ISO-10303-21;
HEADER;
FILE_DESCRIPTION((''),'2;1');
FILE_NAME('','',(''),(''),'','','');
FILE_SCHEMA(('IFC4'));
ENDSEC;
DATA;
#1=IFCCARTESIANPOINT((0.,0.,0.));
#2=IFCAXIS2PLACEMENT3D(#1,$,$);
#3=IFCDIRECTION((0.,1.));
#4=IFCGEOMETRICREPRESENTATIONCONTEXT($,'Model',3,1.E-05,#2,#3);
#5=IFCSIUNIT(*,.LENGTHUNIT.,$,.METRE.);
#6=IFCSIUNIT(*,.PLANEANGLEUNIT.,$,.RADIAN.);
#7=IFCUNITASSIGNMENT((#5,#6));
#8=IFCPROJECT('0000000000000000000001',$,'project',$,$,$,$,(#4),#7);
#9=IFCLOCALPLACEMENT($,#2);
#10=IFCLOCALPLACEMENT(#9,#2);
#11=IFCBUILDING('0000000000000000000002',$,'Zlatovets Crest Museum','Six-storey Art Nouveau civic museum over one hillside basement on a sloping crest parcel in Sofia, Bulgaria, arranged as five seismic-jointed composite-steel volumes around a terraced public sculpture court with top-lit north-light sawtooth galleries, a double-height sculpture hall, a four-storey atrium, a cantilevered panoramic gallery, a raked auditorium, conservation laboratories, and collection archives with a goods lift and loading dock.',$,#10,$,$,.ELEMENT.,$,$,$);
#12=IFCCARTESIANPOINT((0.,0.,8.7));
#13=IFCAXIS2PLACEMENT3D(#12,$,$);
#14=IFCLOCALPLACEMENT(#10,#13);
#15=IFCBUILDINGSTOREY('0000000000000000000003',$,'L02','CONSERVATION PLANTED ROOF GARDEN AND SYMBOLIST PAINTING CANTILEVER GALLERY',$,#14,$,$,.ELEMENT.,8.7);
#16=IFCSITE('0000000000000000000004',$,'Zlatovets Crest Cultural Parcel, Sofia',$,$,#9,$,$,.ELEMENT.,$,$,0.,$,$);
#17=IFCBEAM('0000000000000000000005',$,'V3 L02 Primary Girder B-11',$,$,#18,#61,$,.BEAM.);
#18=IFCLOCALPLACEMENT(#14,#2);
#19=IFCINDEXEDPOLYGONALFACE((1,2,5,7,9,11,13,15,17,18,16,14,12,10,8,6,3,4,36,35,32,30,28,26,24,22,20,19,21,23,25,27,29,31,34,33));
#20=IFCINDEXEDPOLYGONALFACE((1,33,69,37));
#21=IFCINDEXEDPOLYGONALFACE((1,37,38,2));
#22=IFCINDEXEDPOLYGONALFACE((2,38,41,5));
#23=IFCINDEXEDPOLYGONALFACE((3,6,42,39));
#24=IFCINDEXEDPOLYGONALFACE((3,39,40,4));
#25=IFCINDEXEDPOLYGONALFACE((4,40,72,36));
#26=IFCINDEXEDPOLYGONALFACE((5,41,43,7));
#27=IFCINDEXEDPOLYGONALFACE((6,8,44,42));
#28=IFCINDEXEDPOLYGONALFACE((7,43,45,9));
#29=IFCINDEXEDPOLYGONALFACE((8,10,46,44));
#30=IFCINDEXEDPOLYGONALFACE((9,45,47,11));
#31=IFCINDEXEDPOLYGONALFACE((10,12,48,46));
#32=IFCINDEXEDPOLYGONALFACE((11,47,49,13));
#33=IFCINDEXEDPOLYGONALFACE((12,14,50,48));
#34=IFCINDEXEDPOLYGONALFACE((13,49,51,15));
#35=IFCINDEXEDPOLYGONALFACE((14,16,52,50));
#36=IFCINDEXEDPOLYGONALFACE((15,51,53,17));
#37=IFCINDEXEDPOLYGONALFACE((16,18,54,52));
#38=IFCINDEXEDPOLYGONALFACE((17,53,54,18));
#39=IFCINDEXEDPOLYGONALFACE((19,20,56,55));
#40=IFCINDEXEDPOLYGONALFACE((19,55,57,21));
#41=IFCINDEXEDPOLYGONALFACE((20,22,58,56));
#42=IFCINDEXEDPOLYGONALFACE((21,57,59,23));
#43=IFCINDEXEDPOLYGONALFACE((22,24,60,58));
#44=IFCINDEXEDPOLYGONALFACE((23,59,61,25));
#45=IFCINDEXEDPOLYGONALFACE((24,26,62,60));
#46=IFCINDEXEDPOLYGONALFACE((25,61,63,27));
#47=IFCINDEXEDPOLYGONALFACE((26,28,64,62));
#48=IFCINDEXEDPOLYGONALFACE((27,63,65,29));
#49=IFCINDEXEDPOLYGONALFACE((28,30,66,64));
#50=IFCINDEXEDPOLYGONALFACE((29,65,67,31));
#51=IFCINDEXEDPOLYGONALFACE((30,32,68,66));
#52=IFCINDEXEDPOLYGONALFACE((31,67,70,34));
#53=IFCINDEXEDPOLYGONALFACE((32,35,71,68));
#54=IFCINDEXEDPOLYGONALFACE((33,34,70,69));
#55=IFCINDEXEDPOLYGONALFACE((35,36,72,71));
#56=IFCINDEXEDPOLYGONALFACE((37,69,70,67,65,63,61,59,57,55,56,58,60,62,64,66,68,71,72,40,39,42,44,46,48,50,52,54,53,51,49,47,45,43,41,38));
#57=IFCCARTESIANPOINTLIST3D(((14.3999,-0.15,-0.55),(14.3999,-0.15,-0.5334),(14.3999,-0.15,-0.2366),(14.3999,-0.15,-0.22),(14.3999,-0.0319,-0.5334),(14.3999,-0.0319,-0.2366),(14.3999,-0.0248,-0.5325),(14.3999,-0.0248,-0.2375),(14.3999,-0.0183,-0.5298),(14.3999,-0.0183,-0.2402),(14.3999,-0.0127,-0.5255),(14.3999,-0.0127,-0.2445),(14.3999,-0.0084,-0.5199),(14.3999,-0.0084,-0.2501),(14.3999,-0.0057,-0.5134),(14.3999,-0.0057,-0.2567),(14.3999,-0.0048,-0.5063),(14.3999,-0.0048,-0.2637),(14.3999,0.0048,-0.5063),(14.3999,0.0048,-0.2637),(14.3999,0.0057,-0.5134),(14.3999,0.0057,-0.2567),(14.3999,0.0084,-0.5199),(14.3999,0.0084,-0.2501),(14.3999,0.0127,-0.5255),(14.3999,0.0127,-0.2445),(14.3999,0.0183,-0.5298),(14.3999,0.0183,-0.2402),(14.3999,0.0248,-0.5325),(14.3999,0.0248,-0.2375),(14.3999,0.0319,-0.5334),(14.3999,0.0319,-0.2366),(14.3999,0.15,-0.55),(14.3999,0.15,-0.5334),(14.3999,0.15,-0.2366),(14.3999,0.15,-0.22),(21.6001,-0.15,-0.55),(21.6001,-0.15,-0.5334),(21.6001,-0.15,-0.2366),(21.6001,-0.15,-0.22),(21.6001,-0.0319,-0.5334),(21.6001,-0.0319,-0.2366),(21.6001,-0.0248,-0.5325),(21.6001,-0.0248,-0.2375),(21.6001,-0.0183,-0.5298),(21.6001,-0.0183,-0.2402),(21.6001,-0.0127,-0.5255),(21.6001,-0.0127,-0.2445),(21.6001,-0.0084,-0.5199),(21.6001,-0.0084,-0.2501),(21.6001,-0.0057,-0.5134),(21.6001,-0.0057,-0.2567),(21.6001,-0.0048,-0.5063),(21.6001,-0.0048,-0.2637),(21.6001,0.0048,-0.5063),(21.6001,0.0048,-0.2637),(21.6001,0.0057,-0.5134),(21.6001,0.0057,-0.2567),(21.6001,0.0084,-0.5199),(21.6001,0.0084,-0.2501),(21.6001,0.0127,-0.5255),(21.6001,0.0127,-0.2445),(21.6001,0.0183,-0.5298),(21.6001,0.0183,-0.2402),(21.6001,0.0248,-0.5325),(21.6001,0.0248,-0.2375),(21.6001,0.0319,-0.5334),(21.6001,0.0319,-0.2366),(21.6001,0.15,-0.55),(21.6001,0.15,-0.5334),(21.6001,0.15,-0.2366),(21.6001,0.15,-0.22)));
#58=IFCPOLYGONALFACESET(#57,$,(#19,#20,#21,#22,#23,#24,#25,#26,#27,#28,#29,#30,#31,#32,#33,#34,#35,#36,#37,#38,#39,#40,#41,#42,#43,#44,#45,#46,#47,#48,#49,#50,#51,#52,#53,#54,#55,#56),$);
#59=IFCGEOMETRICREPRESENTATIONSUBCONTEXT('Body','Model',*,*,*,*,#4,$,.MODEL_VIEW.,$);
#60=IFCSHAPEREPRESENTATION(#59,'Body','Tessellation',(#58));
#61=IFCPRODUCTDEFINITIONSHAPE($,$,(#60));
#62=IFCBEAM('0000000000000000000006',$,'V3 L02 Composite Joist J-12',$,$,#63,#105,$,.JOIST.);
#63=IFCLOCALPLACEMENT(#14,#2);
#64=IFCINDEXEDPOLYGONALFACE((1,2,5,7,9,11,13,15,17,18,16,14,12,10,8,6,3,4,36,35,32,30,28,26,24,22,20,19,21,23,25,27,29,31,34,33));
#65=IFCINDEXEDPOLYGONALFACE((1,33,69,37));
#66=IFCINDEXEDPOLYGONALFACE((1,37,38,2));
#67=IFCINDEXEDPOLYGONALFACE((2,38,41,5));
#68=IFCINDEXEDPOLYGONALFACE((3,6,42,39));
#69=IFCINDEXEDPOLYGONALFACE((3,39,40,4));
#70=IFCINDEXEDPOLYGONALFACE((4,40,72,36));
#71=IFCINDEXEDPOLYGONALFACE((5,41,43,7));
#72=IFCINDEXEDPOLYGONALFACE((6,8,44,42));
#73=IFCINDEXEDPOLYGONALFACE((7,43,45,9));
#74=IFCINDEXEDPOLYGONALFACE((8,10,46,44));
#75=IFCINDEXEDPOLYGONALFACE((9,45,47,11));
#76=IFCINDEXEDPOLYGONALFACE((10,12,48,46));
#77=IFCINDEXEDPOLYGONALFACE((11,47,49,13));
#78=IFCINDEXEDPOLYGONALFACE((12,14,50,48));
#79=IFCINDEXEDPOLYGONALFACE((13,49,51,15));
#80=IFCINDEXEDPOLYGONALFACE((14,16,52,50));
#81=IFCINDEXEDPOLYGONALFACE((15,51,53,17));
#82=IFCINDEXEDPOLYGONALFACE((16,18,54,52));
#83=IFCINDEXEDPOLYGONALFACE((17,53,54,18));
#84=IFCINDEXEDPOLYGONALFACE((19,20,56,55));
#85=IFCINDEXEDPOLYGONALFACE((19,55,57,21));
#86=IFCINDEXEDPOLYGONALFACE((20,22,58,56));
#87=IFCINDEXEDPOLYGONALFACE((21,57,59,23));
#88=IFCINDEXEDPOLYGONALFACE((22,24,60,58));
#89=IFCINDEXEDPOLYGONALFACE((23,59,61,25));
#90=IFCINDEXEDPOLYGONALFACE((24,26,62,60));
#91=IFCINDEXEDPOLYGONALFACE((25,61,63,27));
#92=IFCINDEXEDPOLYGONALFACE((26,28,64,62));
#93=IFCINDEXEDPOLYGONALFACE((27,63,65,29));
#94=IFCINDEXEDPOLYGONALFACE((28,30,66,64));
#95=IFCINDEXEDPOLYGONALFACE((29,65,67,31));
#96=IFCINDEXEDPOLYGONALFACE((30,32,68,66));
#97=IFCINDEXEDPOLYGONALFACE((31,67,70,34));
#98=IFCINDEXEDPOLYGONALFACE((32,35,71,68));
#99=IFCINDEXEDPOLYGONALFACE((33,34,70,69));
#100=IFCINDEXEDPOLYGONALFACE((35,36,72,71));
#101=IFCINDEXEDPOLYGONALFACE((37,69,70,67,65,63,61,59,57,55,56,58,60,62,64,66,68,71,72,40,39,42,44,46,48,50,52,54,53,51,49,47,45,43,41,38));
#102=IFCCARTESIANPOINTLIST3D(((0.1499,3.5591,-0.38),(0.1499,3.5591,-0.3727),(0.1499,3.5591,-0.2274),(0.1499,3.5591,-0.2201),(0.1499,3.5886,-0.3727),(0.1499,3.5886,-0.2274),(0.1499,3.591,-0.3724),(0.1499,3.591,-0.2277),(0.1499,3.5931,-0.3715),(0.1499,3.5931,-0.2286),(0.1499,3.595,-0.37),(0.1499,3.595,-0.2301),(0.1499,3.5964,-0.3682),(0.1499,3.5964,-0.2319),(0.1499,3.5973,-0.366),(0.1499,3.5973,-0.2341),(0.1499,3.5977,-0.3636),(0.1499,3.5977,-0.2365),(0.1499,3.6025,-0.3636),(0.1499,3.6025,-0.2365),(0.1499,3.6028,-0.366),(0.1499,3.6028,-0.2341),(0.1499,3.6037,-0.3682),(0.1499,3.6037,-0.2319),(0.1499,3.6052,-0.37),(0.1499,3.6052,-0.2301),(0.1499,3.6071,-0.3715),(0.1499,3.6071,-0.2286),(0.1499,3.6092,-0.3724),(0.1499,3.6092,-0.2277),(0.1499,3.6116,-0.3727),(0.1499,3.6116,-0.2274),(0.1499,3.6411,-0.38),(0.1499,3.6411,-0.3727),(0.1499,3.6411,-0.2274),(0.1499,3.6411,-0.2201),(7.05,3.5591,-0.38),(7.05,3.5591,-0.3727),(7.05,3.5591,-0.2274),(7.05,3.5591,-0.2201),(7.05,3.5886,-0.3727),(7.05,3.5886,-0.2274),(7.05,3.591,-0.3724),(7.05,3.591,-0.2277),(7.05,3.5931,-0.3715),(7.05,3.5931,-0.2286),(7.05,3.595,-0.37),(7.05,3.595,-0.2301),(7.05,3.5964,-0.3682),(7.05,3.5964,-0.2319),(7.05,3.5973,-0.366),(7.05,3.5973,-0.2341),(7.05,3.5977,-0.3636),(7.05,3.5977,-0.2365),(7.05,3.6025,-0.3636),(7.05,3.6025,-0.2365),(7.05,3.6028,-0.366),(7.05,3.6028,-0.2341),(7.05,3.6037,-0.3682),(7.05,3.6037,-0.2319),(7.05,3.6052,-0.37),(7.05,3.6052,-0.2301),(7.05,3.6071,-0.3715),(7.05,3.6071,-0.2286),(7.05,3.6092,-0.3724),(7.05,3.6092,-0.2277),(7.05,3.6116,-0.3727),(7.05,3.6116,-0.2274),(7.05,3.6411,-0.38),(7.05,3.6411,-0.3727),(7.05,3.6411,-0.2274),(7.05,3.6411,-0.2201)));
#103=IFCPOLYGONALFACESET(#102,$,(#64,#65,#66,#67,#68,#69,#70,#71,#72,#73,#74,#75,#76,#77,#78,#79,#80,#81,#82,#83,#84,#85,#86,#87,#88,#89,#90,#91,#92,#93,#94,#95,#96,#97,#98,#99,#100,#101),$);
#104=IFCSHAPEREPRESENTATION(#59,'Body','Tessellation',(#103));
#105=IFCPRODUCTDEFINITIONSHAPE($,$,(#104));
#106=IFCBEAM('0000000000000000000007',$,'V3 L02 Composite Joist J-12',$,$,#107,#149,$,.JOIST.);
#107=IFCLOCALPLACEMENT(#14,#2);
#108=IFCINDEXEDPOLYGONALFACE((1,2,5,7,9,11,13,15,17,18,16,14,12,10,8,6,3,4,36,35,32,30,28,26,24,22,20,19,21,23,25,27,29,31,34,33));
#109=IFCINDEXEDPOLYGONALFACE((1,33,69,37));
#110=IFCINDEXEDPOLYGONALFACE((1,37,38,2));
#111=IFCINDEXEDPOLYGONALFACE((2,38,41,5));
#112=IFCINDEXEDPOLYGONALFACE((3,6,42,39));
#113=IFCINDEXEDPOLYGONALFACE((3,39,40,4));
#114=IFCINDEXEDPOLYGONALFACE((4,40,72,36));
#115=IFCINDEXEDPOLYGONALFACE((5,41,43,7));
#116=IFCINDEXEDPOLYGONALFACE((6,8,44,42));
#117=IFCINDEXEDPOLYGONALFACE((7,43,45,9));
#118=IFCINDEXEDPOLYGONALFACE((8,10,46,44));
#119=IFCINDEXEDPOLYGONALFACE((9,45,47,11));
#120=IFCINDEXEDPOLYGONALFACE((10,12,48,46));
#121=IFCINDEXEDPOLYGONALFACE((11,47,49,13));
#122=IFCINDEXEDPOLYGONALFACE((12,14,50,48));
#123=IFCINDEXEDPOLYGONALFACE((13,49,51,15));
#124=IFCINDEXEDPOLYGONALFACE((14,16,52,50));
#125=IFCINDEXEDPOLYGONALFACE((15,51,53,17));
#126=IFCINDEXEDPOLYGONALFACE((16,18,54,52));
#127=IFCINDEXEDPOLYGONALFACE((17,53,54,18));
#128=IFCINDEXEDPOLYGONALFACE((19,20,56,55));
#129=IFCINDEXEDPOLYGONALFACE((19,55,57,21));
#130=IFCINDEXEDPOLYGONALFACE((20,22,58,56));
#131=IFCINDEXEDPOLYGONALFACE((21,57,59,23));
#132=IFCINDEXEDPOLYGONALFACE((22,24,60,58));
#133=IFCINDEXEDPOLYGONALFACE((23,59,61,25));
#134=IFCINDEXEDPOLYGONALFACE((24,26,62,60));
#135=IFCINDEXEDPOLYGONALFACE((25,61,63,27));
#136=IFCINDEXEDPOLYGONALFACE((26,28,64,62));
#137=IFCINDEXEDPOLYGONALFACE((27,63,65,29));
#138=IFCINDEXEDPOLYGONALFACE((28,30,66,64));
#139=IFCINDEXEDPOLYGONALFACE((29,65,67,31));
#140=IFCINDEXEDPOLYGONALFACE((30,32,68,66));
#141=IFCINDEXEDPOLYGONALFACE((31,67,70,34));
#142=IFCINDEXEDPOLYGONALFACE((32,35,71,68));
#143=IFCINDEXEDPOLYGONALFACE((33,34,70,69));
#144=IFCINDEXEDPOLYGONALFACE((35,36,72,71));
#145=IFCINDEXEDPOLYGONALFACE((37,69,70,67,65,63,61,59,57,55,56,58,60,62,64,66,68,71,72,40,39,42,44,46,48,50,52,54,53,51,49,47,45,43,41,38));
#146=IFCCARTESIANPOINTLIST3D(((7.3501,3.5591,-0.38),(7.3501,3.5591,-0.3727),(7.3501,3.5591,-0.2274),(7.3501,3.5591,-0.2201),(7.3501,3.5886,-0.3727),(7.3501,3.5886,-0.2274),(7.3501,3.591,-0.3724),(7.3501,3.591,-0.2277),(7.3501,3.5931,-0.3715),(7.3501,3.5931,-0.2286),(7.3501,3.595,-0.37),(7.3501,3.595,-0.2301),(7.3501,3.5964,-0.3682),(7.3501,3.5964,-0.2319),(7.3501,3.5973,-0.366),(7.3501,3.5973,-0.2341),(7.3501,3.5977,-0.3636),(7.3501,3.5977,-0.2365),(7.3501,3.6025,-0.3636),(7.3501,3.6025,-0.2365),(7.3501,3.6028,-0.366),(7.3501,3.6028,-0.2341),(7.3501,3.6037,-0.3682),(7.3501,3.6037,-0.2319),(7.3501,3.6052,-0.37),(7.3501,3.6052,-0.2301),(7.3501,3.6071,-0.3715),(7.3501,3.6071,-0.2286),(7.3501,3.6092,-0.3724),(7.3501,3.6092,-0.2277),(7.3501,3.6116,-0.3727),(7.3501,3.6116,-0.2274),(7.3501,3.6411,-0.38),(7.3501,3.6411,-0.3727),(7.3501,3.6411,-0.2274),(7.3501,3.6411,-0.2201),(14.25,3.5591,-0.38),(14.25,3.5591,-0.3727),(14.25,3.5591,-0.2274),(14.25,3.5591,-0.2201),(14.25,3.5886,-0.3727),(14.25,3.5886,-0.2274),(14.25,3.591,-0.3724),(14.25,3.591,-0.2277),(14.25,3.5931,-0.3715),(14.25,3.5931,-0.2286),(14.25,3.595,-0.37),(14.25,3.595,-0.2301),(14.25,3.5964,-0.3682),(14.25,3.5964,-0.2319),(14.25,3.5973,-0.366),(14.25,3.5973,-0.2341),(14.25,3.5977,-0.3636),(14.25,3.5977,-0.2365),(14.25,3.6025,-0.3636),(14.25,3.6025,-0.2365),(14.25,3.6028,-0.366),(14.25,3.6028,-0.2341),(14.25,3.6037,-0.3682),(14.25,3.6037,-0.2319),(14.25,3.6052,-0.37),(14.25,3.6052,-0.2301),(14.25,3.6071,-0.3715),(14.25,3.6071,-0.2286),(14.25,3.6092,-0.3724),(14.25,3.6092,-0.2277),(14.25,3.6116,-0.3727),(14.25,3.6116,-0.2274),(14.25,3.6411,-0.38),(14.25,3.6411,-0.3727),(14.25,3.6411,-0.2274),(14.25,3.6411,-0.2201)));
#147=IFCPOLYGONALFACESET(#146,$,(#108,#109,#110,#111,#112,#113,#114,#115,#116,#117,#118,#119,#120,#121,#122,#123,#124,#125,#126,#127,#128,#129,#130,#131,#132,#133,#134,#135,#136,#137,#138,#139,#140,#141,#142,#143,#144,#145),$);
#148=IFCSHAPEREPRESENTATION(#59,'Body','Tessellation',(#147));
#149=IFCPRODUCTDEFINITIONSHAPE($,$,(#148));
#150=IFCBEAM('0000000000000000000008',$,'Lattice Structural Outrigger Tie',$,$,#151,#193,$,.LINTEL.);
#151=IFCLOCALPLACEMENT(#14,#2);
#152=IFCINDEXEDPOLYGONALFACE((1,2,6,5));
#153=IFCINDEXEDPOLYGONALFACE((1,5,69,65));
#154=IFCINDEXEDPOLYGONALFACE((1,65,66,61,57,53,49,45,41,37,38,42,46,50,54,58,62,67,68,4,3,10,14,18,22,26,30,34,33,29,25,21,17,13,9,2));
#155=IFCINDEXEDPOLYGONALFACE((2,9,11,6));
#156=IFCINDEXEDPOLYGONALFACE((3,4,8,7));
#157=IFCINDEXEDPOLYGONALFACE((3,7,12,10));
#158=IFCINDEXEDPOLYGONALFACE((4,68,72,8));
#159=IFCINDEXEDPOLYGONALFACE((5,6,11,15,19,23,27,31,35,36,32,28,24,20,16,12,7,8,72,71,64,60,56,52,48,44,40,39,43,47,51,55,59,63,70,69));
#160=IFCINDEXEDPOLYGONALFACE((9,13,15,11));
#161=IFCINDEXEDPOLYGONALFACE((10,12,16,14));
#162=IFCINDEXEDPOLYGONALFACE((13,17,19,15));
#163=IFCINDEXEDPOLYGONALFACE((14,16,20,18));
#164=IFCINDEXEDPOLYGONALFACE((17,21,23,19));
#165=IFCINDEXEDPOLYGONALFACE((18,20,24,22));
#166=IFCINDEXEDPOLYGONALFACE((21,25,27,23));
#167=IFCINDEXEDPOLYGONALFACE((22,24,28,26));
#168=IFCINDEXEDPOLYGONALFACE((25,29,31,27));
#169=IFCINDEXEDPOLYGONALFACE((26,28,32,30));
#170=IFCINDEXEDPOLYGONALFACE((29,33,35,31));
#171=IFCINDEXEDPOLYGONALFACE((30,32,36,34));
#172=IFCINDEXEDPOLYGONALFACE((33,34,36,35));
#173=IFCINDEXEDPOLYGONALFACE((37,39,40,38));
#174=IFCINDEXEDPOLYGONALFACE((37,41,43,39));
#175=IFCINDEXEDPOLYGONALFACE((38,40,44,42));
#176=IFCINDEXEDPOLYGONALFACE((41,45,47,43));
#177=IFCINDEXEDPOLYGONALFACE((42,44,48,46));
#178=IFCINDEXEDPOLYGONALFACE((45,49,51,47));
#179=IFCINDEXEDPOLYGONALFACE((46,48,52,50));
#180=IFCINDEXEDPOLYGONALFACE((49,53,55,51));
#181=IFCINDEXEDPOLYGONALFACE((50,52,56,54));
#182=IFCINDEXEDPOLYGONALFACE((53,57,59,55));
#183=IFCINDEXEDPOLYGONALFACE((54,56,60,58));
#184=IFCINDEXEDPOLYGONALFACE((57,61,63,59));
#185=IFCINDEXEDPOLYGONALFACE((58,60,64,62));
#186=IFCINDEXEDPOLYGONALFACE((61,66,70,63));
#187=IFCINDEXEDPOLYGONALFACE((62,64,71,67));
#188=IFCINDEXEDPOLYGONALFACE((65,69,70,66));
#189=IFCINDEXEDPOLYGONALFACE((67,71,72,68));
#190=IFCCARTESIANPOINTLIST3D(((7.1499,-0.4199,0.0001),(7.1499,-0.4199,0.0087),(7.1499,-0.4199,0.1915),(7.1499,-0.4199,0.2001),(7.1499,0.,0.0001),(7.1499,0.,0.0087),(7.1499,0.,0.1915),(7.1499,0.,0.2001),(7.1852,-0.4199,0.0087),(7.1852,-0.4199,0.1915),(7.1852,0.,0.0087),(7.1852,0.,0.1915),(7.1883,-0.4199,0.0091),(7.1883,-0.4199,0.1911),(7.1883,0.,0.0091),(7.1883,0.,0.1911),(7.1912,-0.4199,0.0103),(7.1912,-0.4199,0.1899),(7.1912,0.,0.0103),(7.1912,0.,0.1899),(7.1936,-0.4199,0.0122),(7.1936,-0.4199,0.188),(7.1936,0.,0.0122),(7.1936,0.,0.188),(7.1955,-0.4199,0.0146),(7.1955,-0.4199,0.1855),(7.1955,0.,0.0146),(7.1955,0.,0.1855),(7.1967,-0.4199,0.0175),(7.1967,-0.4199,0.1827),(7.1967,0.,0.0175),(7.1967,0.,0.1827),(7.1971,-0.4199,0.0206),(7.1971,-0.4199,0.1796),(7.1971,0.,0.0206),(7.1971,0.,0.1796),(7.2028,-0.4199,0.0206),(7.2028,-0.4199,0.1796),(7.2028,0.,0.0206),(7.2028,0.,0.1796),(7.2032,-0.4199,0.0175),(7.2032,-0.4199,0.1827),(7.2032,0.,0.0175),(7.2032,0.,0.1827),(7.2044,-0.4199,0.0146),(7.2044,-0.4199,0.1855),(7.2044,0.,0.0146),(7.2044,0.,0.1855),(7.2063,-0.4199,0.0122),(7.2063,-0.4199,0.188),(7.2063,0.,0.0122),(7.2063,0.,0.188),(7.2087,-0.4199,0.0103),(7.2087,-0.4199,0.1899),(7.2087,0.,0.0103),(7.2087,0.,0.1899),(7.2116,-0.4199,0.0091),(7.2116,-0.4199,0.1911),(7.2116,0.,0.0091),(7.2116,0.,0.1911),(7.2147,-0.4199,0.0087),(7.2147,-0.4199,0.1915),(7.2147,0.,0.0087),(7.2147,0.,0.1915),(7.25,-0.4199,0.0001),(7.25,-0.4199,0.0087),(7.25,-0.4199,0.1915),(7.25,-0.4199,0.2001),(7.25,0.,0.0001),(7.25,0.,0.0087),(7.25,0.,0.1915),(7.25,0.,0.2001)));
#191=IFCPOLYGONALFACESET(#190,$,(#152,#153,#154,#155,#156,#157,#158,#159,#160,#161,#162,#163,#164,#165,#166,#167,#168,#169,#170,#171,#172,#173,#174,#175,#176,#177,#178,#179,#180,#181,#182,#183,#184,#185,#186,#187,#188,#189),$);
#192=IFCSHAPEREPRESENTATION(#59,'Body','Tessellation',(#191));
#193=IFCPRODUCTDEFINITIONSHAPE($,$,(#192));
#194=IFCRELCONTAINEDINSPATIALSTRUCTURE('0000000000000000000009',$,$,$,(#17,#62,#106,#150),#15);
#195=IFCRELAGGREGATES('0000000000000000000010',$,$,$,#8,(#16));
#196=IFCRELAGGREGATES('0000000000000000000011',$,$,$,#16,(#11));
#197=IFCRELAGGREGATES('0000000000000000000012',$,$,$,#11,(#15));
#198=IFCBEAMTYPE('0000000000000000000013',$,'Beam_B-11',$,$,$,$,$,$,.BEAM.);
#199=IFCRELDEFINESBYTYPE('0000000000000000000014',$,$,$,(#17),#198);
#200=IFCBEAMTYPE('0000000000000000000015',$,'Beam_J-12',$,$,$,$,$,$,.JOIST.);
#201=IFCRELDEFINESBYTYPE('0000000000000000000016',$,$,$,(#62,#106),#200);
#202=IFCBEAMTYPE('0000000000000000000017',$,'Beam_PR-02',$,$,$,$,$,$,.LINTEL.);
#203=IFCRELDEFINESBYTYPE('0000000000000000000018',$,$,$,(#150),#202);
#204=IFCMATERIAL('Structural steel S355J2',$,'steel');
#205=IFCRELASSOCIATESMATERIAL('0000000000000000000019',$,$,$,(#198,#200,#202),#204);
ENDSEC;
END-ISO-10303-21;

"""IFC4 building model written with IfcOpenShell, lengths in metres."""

from ifc_helpers import new_model, si_unit, direction, frame, origin, origin_2d, place, context, subcontext, project, spatial, i_section, extrude, material, material_profile, profile_set, type_object, element, save


model = new_model("IFC4")

# Units and contexts
model_context = context("Model", 3, precision=1e-05, world=origin(), true_north=direction((0.0, 1.0)))
body_context = subcontext(model_context, "Body", "Model", "MODEL_VIEW")
ifc_project = project(units=[si_unit("LENGTHUNIT", "METRE"), si_unit("PLANEANGLEUNIT", "RADIAN")], contexts=[model_context])

# Site, building, storey
site_placement = place(None, origin())
site = spatial("IfcSite", under=ifc_project, at=site_placement, Name="Zlatovets Crest Cultural Parcel, Sofia", CompositionType="ELEMENT", RefElevation=0.0)
building_placement = place(site_placement, origin())
building = spatial("IfcBuilding", under=site, at=building_placement, Name="Zlatovets Crest Museum", Description="Six-storey Art Nouveau civic museum over one hillside basement on a sloping crest parcel in Sofia, Bulgaria, arranged as five seismic-jointed composite-steel volumes around a terraced public sculpture court with top-lit north-light sawtooth galleries, a double-height sculpture hall, a four-storey atrium, a cantilevered panoramic gallery, a raked auditorium, conservation laboratories, and collection archives with a goods lift and loading dock.", CompositionType="ELEMENT")
storey_placement = place(building_placement, frame((0.0, 0.0, 8.7)))
storey = spatial("IfcBuildingStorey", under=building, at=storey_placement, Name="L02", Description="CONSERVATION PLANTED ROOF GARDEN AND SYMBOLIST PAINTING CANTILEVER GALLERY", CompositionType="ELEMENT", Elevation=8.7)

# Shared definitions
ifc_material_1 = material(Name="Structural steel S355J2", Category="steel")

# Beams
ifc_material_profile_1 = material_profile(ifc_material_1, i_section(OverallWidth=0.3, OverallDepth=0.3301, WebThickness=0.0095, FlangeThickness=0.0166, FilletRadius=0.0271, at=origin_2d()), Name="HEA 340")
ifc_profile_set_1 = profile_set([ifc_material_profile_1], Name="Structural steel S355J2")
beam_type_1 = type_object("IfcBeamType", Name="Beam_B-11", PredefinedType="BEAM", material=ifc_profile_set_1)
beam_1_placement = place(storey_placement, frame((14.3999, 0.0, -0.385), z_axis=(1.0, 0.0, 0.0), x_axis=(0.0, 1.0, 0.0)))
element("IfcBeam", 1, at=beam_1_placement, inside=storey, type_object=beam_type_1, Name="V3 L02 Primary Girder B-11", PredefinedType="BEAM", context=body_context, shape_type="SweptSolid", body=[
    extrude(i_section(OverallWidth=0.3, OverallDepth=0.3301, WebThickness=0.0095, FlangeThickness=0.0166, FilletRadius=0.0271, at=origin_2d()), origin(), (0.0, 0.0, 1.0), 7.2002),
])
ifc_material_profile_2 = material_profile(ifc_material_1, i_section(OverallWidth=0.082, OverallDepth=0.1599, WebThickness=0.0049, FlangeThickness=0.0073, FilletRadius=0.009, at=origin_2d()), Name="IPE 160")
ifc_profile_set_2 = profile_set([ifc_material_profile_2], Name="Structural steel S355J2")
beam_type_2 = type_object("IfcBeamType", Name="Beam_J-12", PredefinedType="JOIST", material=ifc_profile_set_2)
beam_2_placement = place(storey_placement, frame((0.1499, 3.6001, -0.3), z_axis=(1.0, 0.0, 0.0), x_axis=(0.0, 1.0, 0.0)))
element("IfcBeam", 2, at=beam_2_placement, inside=storey, type_object=beam_type_2, Name="V3 L02 Composite Joist J-12", PredefinedType="JOIST", context=body_context, shape_type="SweptSolid", body=[
    extrude(i_section(OverallWidth=0.082, OverallDepth=0.1599, WebThickness=0.0049, FlangeThickness=0.0073, FilletRadius=0.009, at=origin_2d()), origin(), (0.0, 0.0, 1.0), 6.9001),
])
beam_3_placement = place(storey_placement, frame((7.3501, 3.6001, -0.3), z_axis=(1.0, 0.0, 0.0), x_axis=(0.0, 1.0, 0.0)))
element("IfcBeam", 3, at=beam_3_placement, inside=storey, type_object=beam_type_2, Name="V3 L02 Composite Joist J-12", PredefinedType="JOIST", context=body_context, shape_type="SweptSolid", body=[
    extrude(i_section(OverallWidth=0.082, OverallDepth=0.1599, WebThickness=0.0049, FlangeThickness=0.0073, FilletRadius=0.009, at=origin_2d()), origin(), (0.0, 0.0, 1.0), 6.8999),
])
ifc_material_profile_3 = material_profile(ifc_material_1, i_section(OverallWidth=0.1001, OverallDepth=0.2, WebThickness=0.0056, FlangeThickness=0.0085, FilletRadius=0.012, at=origin_2d()), Name="IPE 200")
ifc_profile_set_3 = profile_set([ifc_material_profile_3], Name="Structural steel S355J2")
beam_type_3 = type_object("IfcBeamType", Name="Beam_PR-02", PredefinedType="LINTEL", material=ifc_profile_set_3)
for number, where, z_axis, x_axis, name in (
    (4, (7.2, 0.0, 0.1001), (0.0, -1.0, 0.0), (1.0, 0.0, 0.0), "Lattice Structural Outrigger Tie"),
):
    element("IfcBeam", number, at=place(storey_placement, frame(where, z_axis=z_axis, x_axis=x_axis)), inside=storey, type_object=beam_type_3, Name=name, PredefinedType="LINTEL", context=body_context, shape_type="SweptSolid", body=[
        extrude(i_section(OverallWidth=0.1001, OverallDepth=0.2, WebThickness=0.0056, FlangeThickness=0.0085, FilletRadius=0.012, at=origin_2d()), origin(), (0.0, 0.0, 1.0), 0.4199),
    ])

save(model, "model.ifc")
